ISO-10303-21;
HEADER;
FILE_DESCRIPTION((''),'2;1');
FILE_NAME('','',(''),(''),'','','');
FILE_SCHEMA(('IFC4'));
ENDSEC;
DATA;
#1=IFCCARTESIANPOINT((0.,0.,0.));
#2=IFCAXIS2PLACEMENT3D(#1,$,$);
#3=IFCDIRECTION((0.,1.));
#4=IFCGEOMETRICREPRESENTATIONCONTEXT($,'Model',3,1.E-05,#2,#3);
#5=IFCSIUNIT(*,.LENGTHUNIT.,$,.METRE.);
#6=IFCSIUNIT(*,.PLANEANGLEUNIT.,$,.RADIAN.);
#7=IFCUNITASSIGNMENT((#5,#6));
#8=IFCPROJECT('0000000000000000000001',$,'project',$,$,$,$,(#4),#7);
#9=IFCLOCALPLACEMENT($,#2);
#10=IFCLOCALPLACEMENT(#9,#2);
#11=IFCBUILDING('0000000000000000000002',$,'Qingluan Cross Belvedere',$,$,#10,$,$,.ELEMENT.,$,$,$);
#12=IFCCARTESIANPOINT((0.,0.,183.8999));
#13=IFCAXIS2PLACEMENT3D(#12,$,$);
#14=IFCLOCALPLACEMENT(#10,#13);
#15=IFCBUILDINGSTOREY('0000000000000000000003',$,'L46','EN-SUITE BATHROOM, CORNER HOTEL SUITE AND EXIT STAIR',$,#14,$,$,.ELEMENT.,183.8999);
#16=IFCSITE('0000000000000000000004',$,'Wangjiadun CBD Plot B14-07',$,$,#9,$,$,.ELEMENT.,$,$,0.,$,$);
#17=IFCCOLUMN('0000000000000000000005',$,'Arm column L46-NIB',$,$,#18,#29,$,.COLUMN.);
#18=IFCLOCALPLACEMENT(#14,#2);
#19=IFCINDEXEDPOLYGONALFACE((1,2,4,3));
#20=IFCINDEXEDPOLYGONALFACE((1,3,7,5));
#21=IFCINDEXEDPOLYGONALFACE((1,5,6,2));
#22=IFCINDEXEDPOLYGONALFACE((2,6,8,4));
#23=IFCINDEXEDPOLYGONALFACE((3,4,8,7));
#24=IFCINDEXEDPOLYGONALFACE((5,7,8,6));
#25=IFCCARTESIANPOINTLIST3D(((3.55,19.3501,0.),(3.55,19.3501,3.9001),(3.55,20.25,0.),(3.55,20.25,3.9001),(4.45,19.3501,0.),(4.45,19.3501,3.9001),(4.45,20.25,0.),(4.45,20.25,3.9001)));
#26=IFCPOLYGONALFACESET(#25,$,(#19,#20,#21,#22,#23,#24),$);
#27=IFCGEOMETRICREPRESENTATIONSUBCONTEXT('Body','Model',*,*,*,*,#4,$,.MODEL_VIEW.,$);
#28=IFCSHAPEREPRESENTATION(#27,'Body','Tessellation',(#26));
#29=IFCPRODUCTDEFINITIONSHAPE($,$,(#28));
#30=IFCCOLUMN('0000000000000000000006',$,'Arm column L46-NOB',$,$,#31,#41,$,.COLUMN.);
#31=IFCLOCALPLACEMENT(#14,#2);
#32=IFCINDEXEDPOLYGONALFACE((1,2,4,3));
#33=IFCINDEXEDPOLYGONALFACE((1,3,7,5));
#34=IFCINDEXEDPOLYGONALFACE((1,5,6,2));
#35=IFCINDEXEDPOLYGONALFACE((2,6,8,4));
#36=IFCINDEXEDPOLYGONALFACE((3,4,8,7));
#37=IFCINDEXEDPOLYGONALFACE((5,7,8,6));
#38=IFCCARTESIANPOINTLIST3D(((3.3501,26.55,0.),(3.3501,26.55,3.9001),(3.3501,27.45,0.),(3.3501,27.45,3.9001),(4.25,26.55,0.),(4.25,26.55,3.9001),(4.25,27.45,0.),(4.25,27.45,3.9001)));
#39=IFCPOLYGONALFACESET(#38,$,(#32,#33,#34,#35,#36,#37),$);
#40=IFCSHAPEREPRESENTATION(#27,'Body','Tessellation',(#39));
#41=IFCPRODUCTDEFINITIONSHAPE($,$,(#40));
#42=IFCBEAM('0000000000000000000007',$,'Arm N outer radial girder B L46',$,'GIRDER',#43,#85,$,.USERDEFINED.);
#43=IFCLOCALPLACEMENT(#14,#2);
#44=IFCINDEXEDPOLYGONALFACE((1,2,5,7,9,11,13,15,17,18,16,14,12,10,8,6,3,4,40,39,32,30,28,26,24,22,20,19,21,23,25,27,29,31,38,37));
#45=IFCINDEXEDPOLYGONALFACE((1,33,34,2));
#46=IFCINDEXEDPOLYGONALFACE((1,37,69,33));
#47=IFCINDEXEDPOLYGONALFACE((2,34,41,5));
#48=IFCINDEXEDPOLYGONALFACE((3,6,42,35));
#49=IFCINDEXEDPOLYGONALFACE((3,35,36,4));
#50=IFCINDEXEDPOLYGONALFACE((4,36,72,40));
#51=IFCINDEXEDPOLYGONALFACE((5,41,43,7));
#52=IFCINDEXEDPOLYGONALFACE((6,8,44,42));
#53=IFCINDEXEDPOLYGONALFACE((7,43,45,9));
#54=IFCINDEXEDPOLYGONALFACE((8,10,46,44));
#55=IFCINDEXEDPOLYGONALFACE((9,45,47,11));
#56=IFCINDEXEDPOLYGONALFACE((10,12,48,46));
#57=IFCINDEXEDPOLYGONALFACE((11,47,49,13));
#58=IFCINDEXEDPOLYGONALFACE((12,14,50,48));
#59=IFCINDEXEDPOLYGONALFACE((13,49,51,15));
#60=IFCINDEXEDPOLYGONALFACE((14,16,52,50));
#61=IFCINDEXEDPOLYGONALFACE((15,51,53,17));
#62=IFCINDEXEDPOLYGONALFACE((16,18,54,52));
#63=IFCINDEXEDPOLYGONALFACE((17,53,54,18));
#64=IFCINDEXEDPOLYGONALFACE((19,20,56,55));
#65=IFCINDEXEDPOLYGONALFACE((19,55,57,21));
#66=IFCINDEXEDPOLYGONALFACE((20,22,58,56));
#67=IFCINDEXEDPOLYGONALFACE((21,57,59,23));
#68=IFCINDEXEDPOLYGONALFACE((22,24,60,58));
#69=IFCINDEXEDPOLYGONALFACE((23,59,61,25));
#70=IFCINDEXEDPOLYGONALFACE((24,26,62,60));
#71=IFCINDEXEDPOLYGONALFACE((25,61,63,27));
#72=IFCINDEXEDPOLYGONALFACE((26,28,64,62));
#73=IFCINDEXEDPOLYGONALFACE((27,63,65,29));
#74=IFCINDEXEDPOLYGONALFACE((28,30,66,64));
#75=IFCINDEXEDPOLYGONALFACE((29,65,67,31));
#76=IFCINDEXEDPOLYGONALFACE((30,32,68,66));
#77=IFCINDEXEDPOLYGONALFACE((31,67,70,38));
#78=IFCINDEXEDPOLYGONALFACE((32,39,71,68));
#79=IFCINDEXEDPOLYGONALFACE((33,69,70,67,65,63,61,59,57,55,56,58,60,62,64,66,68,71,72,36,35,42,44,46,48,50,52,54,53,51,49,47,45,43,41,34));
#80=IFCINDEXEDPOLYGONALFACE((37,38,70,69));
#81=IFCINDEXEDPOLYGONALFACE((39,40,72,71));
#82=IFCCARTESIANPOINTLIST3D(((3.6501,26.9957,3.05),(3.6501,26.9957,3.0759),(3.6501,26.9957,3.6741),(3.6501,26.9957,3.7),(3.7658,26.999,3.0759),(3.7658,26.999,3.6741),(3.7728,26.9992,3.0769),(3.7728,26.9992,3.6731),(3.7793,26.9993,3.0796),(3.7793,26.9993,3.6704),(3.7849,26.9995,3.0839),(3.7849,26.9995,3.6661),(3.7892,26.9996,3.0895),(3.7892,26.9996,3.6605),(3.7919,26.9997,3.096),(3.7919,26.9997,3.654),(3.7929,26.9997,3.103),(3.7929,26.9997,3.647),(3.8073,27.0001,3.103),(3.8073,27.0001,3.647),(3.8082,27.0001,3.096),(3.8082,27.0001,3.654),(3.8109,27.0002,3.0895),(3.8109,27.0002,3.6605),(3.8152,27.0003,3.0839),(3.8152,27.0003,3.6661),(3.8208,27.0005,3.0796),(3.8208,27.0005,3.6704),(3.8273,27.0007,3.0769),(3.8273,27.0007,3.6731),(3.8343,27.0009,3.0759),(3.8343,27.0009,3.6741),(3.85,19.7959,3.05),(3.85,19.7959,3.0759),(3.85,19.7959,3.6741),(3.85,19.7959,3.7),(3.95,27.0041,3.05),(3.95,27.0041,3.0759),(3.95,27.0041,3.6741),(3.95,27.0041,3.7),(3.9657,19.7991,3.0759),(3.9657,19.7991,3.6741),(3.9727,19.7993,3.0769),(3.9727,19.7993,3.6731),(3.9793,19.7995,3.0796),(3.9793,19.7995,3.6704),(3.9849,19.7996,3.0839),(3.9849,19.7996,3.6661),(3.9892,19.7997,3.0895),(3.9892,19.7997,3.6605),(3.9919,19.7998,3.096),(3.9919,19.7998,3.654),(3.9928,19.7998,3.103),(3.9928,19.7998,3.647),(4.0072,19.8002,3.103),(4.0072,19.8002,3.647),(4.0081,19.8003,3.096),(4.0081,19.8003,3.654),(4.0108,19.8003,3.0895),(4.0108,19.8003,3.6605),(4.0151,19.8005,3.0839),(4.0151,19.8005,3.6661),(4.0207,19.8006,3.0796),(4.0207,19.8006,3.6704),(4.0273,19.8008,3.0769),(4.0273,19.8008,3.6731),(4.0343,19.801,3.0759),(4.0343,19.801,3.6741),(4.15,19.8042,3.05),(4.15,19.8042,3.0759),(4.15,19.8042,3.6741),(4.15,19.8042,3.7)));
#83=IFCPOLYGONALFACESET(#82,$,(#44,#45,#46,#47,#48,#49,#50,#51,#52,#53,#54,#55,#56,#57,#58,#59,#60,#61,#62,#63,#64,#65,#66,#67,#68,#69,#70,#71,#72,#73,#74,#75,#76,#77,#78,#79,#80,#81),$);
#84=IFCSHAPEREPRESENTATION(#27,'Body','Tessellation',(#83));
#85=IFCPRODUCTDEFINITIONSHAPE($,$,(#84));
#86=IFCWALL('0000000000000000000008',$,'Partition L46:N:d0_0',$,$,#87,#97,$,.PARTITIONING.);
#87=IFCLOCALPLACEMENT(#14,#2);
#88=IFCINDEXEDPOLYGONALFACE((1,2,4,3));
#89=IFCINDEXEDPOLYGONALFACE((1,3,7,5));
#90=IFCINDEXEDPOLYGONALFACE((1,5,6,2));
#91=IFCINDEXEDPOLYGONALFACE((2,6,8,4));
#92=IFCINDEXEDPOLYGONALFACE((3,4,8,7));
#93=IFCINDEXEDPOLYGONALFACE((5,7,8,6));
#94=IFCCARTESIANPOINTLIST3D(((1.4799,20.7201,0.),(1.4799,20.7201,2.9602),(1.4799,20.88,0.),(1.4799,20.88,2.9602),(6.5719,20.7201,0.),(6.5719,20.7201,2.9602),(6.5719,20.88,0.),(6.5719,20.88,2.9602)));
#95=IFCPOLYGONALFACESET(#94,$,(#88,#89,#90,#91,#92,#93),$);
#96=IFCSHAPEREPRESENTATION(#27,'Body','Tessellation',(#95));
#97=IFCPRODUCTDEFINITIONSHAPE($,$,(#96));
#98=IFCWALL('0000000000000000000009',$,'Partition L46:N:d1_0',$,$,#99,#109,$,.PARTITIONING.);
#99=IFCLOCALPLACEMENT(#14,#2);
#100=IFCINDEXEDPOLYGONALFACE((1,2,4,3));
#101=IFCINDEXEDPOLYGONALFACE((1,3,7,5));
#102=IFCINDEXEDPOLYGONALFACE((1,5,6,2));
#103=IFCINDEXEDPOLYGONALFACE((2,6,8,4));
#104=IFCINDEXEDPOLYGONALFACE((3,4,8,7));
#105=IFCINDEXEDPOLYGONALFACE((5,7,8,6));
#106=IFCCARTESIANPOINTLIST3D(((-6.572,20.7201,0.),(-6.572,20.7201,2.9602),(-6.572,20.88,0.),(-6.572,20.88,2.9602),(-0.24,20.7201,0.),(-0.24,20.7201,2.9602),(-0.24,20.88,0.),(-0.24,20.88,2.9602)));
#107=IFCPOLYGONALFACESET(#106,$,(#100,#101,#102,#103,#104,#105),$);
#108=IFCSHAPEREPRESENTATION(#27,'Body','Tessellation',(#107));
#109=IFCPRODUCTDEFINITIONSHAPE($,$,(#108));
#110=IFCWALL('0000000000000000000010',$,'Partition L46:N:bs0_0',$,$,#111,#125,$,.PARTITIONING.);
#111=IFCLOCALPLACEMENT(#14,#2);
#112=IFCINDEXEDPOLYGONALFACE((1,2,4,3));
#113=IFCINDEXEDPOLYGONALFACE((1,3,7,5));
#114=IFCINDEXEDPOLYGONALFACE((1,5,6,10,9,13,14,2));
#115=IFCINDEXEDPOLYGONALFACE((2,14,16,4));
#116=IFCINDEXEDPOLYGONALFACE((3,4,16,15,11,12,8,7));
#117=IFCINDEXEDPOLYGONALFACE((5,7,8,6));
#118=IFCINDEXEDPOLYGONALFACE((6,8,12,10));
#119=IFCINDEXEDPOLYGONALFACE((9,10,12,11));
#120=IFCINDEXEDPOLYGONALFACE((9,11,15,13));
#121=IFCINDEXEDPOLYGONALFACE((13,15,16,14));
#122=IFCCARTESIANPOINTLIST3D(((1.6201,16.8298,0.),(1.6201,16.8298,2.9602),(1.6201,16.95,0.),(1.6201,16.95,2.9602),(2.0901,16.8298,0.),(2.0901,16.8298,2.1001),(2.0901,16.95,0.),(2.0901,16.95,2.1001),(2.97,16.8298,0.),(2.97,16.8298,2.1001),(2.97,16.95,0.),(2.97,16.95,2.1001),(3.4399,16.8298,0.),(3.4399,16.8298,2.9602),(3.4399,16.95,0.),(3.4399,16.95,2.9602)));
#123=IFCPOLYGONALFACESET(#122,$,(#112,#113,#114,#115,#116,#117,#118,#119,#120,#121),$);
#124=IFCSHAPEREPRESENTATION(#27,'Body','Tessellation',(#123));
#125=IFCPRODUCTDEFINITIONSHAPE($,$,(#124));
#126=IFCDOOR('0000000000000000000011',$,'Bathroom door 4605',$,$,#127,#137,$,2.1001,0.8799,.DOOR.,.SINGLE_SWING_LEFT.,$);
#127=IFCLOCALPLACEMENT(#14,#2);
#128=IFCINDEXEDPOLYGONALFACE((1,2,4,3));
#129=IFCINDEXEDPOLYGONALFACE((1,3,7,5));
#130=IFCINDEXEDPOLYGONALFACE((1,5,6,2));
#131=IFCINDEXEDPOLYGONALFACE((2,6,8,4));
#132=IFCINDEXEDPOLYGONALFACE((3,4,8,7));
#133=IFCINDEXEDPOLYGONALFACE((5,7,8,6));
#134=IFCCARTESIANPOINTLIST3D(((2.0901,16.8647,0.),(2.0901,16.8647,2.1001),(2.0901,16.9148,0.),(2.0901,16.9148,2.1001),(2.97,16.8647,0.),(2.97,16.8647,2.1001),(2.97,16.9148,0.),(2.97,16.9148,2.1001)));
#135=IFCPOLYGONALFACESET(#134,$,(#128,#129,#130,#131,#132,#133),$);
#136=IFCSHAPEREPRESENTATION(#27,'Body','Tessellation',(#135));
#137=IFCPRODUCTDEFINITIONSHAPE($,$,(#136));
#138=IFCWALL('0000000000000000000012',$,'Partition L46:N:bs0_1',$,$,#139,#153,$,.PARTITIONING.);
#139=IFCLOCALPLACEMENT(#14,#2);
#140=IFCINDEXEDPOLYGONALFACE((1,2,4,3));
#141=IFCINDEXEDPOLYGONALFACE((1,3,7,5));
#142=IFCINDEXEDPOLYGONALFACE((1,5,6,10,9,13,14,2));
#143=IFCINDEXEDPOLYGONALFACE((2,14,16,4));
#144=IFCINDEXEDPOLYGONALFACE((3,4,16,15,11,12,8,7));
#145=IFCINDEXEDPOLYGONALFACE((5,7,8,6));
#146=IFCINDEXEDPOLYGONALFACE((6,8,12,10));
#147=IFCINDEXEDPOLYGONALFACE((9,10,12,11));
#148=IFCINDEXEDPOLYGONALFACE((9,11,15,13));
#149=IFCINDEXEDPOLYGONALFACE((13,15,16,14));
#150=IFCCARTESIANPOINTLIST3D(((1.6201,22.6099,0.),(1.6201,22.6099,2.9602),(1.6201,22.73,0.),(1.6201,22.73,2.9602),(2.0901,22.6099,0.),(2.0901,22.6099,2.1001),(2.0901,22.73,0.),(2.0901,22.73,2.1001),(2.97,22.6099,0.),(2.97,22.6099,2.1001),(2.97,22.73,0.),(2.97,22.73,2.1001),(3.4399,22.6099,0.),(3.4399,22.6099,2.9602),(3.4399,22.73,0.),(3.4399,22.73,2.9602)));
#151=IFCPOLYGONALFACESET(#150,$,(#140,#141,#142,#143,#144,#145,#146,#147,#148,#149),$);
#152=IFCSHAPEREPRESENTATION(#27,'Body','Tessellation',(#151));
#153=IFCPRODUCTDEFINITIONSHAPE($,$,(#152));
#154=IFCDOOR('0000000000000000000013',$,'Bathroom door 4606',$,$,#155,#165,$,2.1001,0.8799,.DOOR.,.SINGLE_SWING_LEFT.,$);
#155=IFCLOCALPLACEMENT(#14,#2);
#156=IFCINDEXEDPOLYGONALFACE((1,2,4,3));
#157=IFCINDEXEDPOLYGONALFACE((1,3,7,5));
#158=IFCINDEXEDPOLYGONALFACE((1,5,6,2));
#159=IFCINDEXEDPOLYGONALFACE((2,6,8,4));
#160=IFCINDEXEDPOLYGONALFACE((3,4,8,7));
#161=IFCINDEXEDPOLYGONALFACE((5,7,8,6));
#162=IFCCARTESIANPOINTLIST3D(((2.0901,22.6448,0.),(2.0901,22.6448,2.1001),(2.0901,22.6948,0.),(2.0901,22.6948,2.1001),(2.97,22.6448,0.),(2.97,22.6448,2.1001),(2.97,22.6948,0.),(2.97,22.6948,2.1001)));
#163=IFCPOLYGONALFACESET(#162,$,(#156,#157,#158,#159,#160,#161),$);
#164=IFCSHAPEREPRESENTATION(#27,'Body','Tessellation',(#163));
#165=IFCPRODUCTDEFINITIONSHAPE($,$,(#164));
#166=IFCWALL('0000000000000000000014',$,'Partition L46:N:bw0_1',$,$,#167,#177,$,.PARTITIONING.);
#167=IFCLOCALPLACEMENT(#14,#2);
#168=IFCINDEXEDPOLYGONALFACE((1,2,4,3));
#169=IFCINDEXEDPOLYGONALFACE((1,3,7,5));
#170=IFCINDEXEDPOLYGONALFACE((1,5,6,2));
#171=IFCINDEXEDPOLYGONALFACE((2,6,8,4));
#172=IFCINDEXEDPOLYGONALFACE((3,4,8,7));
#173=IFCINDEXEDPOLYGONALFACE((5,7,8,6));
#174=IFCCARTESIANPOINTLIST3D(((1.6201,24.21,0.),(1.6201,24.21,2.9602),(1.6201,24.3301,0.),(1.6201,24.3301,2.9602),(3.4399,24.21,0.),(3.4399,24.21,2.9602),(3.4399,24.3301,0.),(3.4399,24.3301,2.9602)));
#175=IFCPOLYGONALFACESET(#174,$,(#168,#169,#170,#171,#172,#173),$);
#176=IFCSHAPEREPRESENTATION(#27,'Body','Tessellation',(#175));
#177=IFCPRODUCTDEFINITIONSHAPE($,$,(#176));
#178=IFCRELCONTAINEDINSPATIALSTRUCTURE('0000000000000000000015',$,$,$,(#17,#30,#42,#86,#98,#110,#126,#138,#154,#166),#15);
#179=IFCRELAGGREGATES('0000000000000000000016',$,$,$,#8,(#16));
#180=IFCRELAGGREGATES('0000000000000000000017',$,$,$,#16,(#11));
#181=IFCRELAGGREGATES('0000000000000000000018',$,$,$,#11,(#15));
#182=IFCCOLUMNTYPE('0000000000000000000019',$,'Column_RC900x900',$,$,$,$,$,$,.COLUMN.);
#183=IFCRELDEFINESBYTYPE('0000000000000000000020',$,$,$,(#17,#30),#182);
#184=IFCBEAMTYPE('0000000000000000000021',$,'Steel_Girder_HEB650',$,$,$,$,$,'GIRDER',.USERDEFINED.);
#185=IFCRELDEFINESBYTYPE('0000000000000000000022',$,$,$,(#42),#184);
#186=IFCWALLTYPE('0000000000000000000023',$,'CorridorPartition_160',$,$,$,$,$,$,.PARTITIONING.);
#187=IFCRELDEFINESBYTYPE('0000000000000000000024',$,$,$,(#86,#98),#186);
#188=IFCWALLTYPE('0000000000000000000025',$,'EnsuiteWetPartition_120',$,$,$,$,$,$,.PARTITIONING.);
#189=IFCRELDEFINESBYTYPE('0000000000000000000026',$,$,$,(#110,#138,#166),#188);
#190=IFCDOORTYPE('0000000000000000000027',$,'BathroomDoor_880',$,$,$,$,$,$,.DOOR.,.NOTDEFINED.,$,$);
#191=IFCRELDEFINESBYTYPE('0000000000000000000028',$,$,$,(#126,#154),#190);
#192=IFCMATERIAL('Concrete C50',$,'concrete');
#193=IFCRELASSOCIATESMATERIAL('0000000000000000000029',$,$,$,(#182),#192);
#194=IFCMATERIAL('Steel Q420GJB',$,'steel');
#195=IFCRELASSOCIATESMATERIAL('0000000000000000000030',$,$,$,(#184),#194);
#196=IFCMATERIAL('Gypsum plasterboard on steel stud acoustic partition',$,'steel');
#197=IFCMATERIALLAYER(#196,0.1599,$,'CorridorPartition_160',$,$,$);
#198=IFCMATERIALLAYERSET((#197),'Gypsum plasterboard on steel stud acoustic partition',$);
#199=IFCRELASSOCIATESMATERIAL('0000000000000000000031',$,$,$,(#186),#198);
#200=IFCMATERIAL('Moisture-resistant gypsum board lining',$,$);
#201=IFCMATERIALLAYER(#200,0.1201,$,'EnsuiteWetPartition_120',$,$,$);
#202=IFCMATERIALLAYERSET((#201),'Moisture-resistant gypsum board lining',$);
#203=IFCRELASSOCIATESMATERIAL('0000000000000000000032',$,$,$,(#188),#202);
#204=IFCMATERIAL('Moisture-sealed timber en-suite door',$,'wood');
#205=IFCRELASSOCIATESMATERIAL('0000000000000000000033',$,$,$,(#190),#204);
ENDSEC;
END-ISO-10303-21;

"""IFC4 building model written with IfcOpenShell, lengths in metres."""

from ifc_helpers import new_model, si_unit, direction, frame, frame_2d, origin, origin_2d, place, context, subcontext, project, spatial, rectangle, i_section, extrude, material, layer, layer_set, material_profile, profile_set, type_object, element, fill, save


model = new_model("IFC4")

# Units and contexts
model_context = context("Model", 3, precision=1e-05, world=origin(), true_north=direction((0.0, 1.0)))
body_context = subcontext(model_context, "Body", "Model", "MODEL_VIEW")
ifc_project = project(units=[si_unit("LENGTHUNIT", "METRE"), si_unit("PLANEANGLEUNIT", "RADIAN")], contexts=[model_context])

# Site, building, storey
site_placement = place(None, origin())
site = spatial("IfcSite", under=ifc_project, at=site_placement, Name="Wangjiadun CBD Plot B14-07", CompositionType="ELEMENT", RefElevation=0.0)
building_placement = place(site_placement, origin())
building = spatial("IfcBuilding", under=site, at=building_placement, Name="Qingluan Cross Belvedere", CompositionType="ELEMENT")
storey_placement = place(building_placement, frame((0.0, 0.0, 183.8999)))
storey = spatial("IfcBuildingStorey", under=building, at=storey_placement, Name="L46", Description="EN-SUITE BATHROOM, CORNER HOTEL SUITE AND EXIT STAIR", CompositionType="ELEMENT", Elevation=183.8999)

# Columns
ifc_material_1 = material(Name="Concrete C50", Category="concrete")
ifc_material_profile_1 = material_profile(ifc_material_1, rectangle(XDim=0.8999, YDim=0.8999, at=origin_2d()), Name="RC900x900")
ifc_profile_set_1 = profile_set([ifc_material_profile_1], Name="Concrete C50")
column_type = type_object("IfcColumnType", Name="Column_RC900x900", PredefinedType="COLUMN", material=ifc_profile_set_1)
for number, where, z_axis, x_axis, name in (
    (1, (4.0, 19.8, 0.0), (0.0, 0.0, 1.0), (1.0, 0.0, 0.0), "Arm column L46-NIB"),
    (2, (3.8, 27.0, 0.0), (0.0, 0.0, 1.0), (1.0, 0.0, 0.0), "Arm column L46-NOB"),
):
    element("IfcColumn", number, at=place(storey_placement, frame(where, z_axis=z_axis, x_axis=x_axis)), inside=storey, type_object=column_type, Name=name, PredefinedType="COLUMN", context=body_context, shape_type="SweptSolid", body=[
        extrude(rectangle(XDim=0.8999, YDim=0.8999, at=origin_2d()), origin(), (0.0, 0.0, 1.0), 3.9001),
    ])

# Beam
ifc_material_2 = material(Name="Steel Q420GJB", Category="steel")
ifc_material_profile_2 = material_profile(ifc_material_2, i_section(OverallWidth=0.3, OverallDepth=0.6499, WebThickness=0.0144, FlangeThickness=0.0259, FilletRadius=0.0271, at=origin_2d()), Name="HEB650")
ifc_profile_set_2 = profile_set([ifc_material_profile_2], Name="Steel Q420GJB")
beam_type = type_object("IfcBeamType", Name="Steel_Girder_HEB650", ElementType="GIRDER", PredefinedType="USERDEFINED", material=ifc_profile_set_2)
beam_placement = place(storey_placement, frame((4.0, 19.8, 3.375), z_axis=(-0.02776, 0.999615, 0.0), x_axis=(-0.999615, -0.02776, 0.0)))
element("IfcBeam", 3, at=beam_placement, inside=storey, type_object=beam_type, Name="Arm N outer radial girder B L46", ObjectType="GIRDER", PredefinedType="USERDEFINED", context=body_context, shape_type="SweptSolid", body=[
    extrude(i_section(OverallWidth=0.3, OverallDepth=0.6499, WebThickness=0.0144, FlangeThickness=0.0259, FilletRadius=0.0271, at=origin_2d()), origin(), (0.0, 0.0, 1.0), 7.2026),
])

# Walls
ifc_material_3 = material(Name="Gypsum plasterboard on steel stud acoustic partition", Category="steel")
ifc_layer_1 = layer(ifc_material_3, 0.1599, Name="CorridorPartition_160")
ifc_layer_set_1 = layer_set([ifc_layer_1], Name="Gypsum plasterboard on steel stud acoustic partition")
wall_type_1 = type_object("IfcWallType", Name="CorridorPartition_160", PredefinedType="PARTITIONING", material=ifc_layer_set_1)
wall_1_placement = place(storey_placement, frame((1.48, 20.8, 0.0), z_axis=(0.0, 0.0, 1.0), x_axis=(1.0, 0.0, 0.0)))
element("IfcWall", 4, at=wall_1_placement, inside=storey, type_object=wall_type_1, Name="Partition L46:N:d0_0", PredefinedType="PARTITIONING", context=body_context, shape_type="SweptSolid", body=[
    extrude(rectangle(XDim=5.092, YDim=0.1599, at=frame_2d((2.5459, 0.0))), origin(), (0.0, 0.0, 1.0), 2.9602),
])
wall_2_placement = place(storey_placement, frame((-0.24, 20.8, 0.0), z_axis=(0.0, 0.0, 1.0), x_axis=(-1.0, 0.0, 0.0)))
element("IfcWall", 5, at=wall_2_placement, inside=storey, type_object=wall_type_1, Name="Partition L46:N:d1_0", PredefinedType="PARTITIONING", context=body_context, shape_type="SweptSolid", body=[
    extrude(rectangle(XDim=6.332, YDim=0.1599, at=frame_2d((3.166, 0.0))), origin(), (0.0, 0.0, 1.0), 2.9602),
])

# Walls, openings, doors
ifc_material_4 = material(Name="Moisture-resistant gypsum board lining")
ifc_layer_2 = layer(ifc_material_4, 0.1201, Name="EnsuiteWetPartition_120")
ifc_layer_set_2 = layer_set([ifc_layer_2], Name="Moisture-resistant gypsum board lining")
wall_type_2 = type_object("IfcWallType", Name="EnsuiteWetPartition_120", PredefinedType="PARTITIONING", material=ifc_layer_set_2)
wall_3_placement = place(storey_placement, frame((1.6201, 16.8899, 0.0), z_axis=(0.0, 0.0, 1.0), x_axis=(1.0, 0.0, 0.0)))
wall_3 = element("IfcWall", 6, at=wall_3_placement, inside=storey, type_object=wall_type_2, Name="Partition L46:N:bs0_0", PredefinedType="PARTITIONING", context=body_context, shape_type="SweptSolid", body=[
    extrude(rectangle(XDim=1.8198, YDim=0.1201, at=frame_2d((0.9099, 0.0))), origin(), (0.0, 0.0, 1.0), 2.9602),
])
opening_1_placement = place(wall_3_placement, frame((0.47, 0.0, 0.0)))
opening_1 = element("IfcOpeningElement", 7, at=opening_1_placement, cuts=wall_3, PredefinedType="OPENING", context=body_context, shape_type="SweptSolid", body=[
    extrude(rectangle(XDim=0.8799, YDim=2.1001, at=frame_2d((0.4399, 1.05))), frame((0.0, 0.0701, 0.0), z_axis=(0.0, -1.0, 0.0), x_axis=(1.0, 0.0, 0.0)), (0.0, 0.0, 1.0), 0.1401),
])
ifc_material_5 = material(Name="Moisture-sealed timber en-suite door", Category="wood")
door_type = type_object("IfcDoorType", Name="BathroomDoor_880", OperationType="NOTDEFINED", PredefinedType="DOOR", material=ifc_material_5)
door_1_placement = place(opening_1_placement, origin())
door_1 = element("IfcDoor", 8, at=door_1_placement, inside=storey, type_object=door_type, Name="Bathroom door 4605", OperationType="SINGLE_SWING_LEFT", OverallHeight=2.1001, OverallWidth=0.8799, PredefinedType="DOOR", context=body_context, shape_type="SweptSolid", body=[
    extrude(rectangle(XDim=0.8799, YDim=2.1001, at=frame_2d((0.4399, 1.05))), frame((0.0, 0.0249, 0.0), z_axis=(0.0, -1.0, 0.0), x_axis=(1.0, 0.0, 0.0)), (0.0, 0.0, 1.0), 0.05),
])
fill(opening_1, door_1)
wall_4_placement = place(storey_placement, frame((1.6201, 22.6699, 0.0), z_axis=(0.0, 0.0, 1.0), x_axis=(1.0, 0.0, 0.0)))
wall_4 = element("IfcWall", 9, at=wall_4_placement, inside=storey, type_object=wall_type_2, Name="Partition L46:N:bs0_1", PredefinedType="PARTITIONING", context=body_context, shape_type="SweptSolid", body=[
    extrude(rectangle(XDim=1.8198, YDim=0.1201, at=frame_2d((0.9099, 0.0))), origin(), (0.0, 0.0, 1.0), 2.9602),
])
opening_2_placement = place(wall_4_placement, frame((0.47, 0.0, 0.0)))
opening_2 = element("IfcOpeningElement", 10, at=opening_2_placement, cuts=wall_4, PredefinedType="OPENING", context=body_context, shape_type="SweptSolid", body=[
    extrude(rectangle(XDim=0.8799, YDim=2.1001, at=frame_2d((0.4399, 1.05))), frame((0.0, 0.0701, 0.0), z_axis=(0.0, -1.0, 0.0), x_axis=(1.0, 0.0, 0.0)), (0.0, 0.0, 1.0), 0.1401),
])
door_2_placement = place(opening_2_placement, origin())
door_2 = element("IfcDoor", 11, at=door_2_placement, inside=storey, type_object=door_type, Name="Bathroom door 4606", OperationType="SINGLE_SWING_LEFT", OverallHeight=2.1001, OverallWidth=0.8799, PredefinedType="DOOR", context=body_context, shape_type="SweptSolid", body=[
    extrude(rectangle(XDim=0.8799, YDim=2.1001, at=frame_2d((0.4399, 1.05))), frame((0.0, 0.0249, 0.0), z_axis=(0.0, -1.0, 0.0), x_axis=(1.0, 0.0, 0.0)), (0.0, 0.0, 1.0), 0.05),
])
fill(opening_2, door_2)

# Wall
wall_5_placement = place(storey_placement, frame((1.6201, 24.27, 0.0), z_axis=(0.0, 0.0, 1.0), x_axis=(1.0, 0.0, 0.0)))
element("IfcWall", 12, at=wall_5_placement, inside=storey, type_object=wall_type_2, Name="Partition L46:N:bw0_1", PredefinedType="PARTITIONING", context=body_context, shape_type="SweptSolid", body=[
    extrude(rectangle(XDim=1.8198, YDim=0.1201, at=frame_2d((0.9099, 0.0))), origin(), (0.0, 0.0, 1.0), 2.9602),
])

save(model, "model.ifc")
